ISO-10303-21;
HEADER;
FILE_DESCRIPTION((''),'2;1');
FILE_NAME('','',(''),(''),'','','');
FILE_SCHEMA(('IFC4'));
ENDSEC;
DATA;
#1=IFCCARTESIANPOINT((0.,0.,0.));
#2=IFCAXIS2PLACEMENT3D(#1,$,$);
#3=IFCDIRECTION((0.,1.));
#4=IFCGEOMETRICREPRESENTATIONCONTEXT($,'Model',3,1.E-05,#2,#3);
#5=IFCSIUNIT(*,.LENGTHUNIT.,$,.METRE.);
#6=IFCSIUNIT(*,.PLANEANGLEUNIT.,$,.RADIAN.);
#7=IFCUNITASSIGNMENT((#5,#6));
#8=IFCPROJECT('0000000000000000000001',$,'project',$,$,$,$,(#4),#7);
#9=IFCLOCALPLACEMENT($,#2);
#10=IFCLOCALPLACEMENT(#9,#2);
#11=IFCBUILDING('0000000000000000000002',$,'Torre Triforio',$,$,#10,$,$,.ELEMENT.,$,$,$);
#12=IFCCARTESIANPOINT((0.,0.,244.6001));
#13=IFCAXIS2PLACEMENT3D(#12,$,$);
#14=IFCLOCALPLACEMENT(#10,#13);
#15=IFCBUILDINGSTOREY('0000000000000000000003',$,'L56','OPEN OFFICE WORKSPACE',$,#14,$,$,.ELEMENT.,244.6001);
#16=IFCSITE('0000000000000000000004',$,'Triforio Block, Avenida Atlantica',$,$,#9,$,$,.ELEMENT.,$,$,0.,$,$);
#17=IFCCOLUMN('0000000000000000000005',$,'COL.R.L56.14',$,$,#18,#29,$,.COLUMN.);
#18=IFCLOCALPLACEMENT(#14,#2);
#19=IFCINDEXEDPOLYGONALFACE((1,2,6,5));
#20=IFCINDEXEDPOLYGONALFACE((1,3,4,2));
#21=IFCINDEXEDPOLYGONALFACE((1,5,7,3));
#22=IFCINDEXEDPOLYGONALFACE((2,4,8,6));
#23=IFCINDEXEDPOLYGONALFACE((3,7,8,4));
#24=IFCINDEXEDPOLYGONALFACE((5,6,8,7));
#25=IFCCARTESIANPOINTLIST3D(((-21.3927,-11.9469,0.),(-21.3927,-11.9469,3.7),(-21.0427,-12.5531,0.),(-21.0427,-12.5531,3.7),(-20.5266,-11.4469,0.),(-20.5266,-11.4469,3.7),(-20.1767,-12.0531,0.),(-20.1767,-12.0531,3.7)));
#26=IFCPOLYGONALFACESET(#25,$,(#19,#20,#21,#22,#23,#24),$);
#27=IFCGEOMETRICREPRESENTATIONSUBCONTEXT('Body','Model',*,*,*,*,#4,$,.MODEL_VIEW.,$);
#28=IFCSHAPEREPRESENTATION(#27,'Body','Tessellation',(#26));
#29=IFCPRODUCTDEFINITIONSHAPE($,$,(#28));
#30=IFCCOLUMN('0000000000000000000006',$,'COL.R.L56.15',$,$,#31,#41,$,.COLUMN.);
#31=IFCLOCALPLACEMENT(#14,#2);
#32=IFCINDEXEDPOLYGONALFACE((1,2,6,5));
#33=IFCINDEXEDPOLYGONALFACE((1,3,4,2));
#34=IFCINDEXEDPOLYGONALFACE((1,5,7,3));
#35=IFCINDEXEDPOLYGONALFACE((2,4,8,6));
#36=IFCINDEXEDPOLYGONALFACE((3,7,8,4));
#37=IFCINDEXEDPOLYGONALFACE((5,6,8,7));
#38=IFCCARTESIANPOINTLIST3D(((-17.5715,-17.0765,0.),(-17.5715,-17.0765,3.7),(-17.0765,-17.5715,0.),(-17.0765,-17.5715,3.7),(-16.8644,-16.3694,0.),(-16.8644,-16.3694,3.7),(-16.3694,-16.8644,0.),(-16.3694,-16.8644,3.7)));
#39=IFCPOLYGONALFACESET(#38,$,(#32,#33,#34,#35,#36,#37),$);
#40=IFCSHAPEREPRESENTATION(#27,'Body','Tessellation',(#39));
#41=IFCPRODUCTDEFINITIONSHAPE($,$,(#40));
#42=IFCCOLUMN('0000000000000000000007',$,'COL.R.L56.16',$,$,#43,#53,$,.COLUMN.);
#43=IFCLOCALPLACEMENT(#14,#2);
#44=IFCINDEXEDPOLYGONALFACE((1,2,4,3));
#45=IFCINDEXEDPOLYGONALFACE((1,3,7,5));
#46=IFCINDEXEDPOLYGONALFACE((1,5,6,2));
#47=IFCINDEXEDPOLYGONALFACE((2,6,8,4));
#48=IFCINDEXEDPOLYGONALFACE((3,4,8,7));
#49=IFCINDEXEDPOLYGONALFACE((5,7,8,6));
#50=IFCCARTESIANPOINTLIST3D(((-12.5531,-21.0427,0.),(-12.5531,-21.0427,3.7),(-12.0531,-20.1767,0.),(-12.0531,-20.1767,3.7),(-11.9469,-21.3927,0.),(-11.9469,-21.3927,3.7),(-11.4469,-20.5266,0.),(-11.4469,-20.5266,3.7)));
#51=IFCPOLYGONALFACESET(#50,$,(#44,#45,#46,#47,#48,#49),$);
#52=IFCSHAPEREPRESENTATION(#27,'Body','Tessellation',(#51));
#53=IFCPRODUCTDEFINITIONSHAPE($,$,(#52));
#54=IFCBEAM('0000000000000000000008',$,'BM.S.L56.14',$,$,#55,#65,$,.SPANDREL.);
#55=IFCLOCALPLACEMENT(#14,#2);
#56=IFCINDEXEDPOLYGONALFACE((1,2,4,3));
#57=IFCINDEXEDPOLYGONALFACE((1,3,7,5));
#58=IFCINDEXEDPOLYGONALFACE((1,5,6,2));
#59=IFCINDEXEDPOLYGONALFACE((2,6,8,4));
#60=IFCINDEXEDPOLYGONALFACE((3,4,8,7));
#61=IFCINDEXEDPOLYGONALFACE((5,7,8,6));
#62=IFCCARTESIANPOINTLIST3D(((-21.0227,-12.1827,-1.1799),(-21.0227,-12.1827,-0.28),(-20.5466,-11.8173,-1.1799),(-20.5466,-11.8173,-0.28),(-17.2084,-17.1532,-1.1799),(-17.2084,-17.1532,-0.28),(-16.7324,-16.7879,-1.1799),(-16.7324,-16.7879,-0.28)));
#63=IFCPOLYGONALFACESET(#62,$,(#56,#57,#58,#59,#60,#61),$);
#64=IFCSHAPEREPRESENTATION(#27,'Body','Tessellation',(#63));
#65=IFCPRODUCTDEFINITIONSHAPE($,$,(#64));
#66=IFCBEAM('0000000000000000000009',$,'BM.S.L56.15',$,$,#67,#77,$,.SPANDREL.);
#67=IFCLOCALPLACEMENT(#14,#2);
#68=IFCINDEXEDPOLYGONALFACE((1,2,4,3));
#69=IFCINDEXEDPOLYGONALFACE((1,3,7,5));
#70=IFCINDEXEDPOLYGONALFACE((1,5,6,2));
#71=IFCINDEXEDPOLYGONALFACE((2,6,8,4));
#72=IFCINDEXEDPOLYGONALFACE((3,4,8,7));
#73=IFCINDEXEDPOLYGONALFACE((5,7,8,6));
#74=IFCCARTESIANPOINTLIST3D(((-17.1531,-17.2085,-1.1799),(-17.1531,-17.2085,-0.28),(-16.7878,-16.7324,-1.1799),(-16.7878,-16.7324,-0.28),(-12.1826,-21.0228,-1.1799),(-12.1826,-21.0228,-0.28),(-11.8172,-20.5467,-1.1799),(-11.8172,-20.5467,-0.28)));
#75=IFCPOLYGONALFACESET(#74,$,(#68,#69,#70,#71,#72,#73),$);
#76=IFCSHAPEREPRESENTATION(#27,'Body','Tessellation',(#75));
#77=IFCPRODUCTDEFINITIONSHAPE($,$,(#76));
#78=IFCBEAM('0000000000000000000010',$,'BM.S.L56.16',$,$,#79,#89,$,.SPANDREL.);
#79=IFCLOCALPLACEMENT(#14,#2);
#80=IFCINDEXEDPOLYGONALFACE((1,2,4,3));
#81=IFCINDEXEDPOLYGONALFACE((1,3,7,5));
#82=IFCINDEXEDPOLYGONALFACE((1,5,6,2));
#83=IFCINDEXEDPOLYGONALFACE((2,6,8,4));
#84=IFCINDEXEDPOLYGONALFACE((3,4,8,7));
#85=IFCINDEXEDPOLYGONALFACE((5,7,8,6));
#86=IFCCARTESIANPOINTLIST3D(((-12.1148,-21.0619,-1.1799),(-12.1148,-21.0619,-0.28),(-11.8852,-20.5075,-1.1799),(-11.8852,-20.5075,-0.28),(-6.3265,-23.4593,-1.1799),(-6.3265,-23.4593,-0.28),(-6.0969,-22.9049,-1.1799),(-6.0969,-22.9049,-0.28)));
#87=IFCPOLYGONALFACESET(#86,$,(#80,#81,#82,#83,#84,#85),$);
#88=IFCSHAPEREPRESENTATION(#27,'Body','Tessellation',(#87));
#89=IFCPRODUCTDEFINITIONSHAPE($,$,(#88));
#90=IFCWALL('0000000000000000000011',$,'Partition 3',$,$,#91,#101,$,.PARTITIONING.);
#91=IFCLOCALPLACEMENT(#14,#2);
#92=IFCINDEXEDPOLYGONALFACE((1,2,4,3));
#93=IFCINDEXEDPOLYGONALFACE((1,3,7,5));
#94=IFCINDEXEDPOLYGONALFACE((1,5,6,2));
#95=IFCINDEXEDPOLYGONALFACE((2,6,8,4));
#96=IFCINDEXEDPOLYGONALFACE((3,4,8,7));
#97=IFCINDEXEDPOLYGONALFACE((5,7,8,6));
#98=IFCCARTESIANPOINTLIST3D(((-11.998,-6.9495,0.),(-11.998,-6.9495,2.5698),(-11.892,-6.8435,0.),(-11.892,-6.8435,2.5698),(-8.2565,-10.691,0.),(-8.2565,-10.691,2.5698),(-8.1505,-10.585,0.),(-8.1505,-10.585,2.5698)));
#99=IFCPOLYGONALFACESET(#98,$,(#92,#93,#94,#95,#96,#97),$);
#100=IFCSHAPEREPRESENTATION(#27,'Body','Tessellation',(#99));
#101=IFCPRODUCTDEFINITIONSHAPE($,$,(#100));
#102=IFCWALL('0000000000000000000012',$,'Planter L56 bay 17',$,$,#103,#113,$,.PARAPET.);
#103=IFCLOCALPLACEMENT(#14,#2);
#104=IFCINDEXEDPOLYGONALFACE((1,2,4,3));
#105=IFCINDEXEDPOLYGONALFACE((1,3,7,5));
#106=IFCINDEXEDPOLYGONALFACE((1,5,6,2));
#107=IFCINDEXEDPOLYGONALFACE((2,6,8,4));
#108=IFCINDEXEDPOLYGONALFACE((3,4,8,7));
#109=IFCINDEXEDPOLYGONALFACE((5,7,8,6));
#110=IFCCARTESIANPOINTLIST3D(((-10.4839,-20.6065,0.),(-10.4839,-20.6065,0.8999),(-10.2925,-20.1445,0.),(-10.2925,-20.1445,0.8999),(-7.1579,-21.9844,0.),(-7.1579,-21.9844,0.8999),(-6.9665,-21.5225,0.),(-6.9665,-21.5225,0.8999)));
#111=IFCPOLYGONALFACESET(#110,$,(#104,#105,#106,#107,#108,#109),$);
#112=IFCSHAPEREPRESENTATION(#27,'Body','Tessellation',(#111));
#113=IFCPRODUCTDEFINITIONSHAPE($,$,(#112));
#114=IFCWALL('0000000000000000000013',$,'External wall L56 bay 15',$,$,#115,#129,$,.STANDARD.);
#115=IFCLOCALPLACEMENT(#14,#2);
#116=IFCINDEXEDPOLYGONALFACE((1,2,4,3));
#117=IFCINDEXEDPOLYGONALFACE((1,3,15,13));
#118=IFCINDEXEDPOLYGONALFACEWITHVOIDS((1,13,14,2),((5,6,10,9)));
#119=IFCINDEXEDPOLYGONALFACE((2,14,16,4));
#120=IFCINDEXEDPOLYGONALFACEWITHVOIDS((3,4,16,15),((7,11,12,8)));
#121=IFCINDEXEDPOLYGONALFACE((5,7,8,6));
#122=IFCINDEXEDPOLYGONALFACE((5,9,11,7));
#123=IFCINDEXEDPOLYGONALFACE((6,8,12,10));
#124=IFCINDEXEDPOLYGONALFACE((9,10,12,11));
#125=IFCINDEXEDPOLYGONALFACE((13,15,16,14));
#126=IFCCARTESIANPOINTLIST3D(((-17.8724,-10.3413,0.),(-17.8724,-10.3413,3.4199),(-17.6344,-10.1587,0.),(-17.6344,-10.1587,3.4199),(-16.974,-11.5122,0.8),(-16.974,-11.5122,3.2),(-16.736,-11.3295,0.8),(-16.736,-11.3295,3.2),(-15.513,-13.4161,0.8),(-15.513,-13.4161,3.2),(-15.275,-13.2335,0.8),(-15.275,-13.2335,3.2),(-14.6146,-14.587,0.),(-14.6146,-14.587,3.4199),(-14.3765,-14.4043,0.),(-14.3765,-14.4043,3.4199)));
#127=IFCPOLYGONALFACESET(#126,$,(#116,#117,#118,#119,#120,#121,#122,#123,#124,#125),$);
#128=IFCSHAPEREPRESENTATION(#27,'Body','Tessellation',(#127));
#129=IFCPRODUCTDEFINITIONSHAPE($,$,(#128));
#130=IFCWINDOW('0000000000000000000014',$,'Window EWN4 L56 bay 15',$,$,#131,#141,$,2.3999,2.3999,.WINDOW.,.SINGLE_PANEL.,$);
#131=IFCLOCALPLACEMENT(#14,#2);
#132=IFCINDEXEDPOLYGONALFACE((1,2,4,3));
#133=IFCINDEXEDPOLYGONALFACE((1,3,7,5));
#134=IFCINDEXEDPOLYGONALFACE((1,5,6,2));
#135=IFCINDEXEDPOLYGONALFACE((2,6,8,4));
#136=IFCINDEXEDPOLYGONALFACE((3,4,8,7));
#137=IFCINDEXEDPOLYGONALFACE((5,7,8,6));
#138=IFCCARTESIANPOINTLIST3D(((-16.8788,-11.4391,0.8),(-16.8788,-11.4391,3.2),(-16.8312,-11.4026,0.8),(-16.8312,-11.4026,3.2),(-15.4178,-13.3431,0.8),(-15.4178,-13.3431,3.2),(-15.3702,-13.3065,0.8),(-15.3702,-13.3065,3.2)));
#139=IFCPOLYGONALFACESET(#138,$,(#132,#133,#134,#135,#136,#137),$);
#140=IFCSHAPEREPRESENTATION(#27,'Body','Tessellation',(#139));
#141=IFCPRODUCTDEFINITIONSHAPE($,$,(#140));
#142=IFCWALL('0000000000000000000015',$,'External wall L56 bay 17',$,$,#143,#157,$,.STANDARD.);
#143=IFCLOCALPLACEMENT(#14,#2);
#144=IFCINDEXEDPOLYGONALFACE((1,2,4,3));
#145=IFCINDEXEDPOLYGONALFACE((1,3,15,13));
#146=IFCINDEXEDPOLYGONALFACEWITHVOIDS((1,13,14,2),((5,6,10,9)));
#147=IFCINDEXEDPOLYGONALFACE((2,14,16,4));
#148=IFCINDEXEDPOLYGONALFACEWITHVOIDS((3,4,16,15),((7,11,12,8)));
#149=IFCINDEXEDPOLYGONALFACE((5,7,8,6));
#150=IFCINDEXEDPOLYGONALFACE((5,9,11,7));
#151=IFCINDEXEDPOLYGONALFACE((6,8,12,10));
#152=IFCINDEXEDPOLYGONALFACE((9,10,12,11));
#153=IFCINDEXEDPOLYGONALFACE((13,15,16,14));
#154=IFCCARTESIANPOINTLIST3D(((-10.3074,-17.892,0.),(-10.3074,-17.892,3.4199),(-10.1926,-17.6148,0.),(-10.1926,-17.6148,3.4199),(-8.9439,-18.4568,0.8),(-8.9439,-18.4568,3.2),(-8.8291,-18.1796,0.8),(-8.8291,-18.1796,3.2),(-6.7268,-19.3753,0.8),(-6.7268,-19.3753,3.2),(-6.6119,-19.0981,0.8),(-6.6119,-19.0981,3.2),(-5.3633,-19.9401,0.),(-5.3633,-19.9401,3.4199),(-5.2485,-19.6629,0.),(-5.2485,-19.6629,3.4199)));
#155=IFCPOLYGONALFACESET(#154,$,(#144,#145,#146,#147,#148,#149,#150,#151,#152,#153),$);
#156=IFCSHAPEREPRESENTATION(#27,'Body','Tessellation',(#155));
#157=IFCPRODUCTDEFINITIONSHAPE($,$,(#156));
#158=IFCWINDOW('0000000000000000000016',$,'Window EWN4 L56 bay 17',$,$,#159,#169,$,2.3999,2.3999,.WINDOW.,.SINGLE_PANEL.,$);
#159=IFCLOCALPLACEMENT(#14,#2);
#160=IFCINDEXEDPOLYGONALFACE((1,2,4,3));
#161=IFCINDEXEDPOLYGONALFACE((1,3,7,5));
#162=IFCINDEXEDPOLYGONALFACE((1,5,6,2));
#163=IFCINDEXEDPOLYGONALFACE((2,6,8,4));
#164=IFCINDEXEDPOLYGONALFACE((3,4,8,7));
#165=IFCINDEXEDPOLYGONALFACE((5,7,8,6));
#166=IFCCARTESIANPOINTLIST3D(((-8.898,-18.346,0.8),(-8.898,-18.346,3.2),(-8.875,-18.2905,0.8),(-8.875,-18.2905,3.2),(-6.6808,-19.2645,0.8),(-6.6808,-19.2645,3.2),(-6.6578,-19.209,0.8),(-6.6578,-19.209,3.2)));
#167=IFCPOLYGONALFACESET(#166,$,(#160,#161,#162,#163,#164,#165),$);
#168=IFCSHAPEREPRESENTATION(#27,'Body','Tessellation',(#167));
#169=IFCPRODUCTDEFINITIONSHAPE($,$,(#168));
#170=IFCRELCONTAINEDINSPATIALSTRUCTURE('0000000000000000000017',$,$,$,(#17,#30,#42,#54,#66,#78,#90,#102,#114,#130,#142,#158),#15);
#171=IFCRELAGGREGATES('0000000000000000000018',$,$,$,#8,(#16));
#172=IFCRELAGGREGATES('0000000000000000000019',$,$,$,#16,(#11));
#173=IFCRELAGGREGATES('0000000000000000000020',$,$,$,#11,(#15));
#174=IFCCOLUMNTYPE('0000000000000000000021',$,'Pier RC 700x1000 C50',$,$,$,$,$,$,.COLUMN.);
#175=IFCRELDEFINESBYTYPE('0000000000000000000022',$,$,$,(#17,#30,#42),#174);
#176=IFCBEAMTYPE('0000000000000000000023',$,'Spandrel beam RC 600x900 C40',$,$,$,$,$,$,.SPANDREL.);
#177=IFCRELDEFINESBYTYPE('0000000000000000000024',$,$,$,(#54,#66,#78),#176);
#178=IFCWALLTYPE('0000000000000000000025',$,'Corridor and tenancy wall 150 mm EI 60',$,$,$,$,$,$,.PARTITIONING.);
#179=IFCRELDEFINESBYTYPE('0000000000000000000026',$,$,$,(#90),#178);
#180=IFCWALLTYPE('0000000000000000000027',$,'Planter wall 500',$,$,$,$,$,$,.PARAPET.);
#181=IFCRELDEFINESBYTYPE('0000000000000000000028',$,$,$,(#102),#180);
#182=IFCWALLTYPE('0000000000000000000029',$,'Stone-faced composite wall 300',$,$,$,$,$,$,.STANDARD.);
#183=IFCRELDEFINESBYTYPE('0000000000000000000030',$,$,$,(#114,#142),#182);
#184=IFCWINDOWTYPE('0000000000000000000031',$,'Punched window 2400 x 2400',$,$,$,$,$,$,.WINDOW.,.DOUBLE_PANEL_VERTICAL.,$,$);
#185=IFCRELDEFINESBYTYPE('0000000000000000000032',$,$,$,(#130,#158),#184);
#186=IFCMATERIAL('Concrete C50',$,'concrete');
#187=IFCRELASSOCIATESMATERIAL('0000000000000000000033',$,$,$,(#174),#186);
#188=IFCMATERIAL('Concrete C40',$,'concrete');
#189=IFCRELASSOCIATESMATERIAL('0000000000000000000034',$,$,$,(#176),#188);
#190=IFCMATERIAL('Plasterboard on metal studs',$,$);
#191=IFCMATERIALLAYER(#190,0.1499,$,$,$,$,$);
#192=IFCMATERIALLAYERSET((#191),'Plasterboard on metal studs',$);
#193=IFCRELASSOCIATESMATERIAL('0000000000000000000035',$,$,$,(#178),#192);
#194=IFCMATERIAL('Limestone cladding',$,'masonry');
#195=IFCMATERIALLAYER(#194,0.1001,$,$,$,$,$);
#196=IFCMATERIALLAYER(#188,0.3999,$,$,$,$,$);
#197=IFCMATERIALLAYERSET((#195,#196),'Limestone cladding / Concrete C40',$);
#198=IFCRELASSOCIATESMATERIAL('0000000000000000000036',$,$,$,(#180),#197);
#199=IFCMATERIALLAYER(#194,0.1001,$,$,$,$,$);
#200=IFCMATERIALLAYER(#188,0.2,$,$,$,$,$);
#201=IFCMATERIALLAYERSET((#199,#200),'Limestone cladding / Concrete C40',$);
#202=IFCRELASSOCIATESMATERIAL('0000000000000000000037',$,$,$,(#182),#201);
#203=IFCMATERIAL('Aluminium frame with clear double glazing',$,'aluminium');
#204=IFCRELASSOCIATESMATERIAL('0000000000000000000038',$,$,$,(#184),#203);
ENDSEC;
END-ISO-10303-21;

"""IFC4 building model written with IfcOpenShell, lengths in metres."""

from ifc_helpers import new_model, si_unit, direction, frame, frame_2d, origin, origin_2d, place, context, subcontext, project, spatial, rectangle, extrude, material, layer, layer_set, material_profile, profile_set, type_object, element, fill, save


model = new_model("IFC4")

# Units and contexts
model_context = context("Model", 3, precision=1e-05, world=origin(), true_north=direction((0.0, 1.0)))
body_context = subcontext(model_context, "Body", "Model", "MODEL_VIEW")
ifc_project = project(units=[si_unit("LENGTHUNIT", "METRE"), si_unit("PLANEANGLEUNIT", "RADIAN")], contexts=[model_context])

# Site, building, storey
site_placement = place(None, origin())
site = spatial("IfcSite", under=ifc_project, at=site_placement, Name="Triforio Block, Avenida Atlantica", CompositionType="ELEMENT", RefElevation=0.0)
building_placement = place(site_placement, origin())
building = spatial("IfcBuilding", under=site, at=building_placement, Name="Torre Triforio", CompositionType="ELEMENT")
storey_placement = place(building_placement, frame((0.0, 0.0, 244.6001)))
storey = spatial("IfcBuildingStorey", under=building, at=storey_placement, Name="L56", Description="OPEN OFFICE WORKSPACE", CompositionType="ELEMENT", Elevation=244.6001)

# Columns
ifc_material_1 = material(Name="Concrete C50", Category="concrete")
ifc_material_profile_1 = material_profile(ifc_material_1, rectangle(XDim=0.7, YDim=1.0, at=origin_2d()), Name="RC 700x1000")
ifc_profile_set_1 = profile_set([ifc_material_profile_1], Name="Concrete C50")
column_type = type_object("IfcColumnType", Name="Pier RC 700x1000 C50", PredefinedType="COLUMN", material=ifc_profile_set_1)
for number, where, z_axis, x_axis, name in (
    (1, (-20.7847, -12.0, 0.0), (0.0, 0.0, 1.0), (0.5, -0.866025, 0.0), "COL.R.L56.14"),
    (2, (-16.9705, -16.9705, 0.0), (0.0, 0.0, 1.0), (0.707107, -0.707107, 0.0), "COL.R.L56.15"),
    (3, (-12.0, -20.7847, 0.0), (0.0, 0.0, 1.0), (0.866025, -0.5, 0.0), "COL.R.L56.16"),
):
    element("IfcColumn", number, at=place(storey_placement, frame(where, z_axis=z_axis, x_axis=x_axis)), inside=storey, type_object=column_type, Name=name, PredefinedType="COLUMN", context=body_context, shape_type="SweptSolid", body=[
        extrude(rectangle(XDim=0.7, YDim=1.0, at=origin_2d()), origin(), (0.0, 0.0, 1.0), 3.7),
    ])

# Beams
ifc_material_2 = material(Name="Concrete C40", Category="concrete")
ifc_material_profile_2 = material_profile(ifc_material_2, rectangle(XDim=0.6001, YDim=0.8999, at=origin_2d()), Name="RC 600x900")
ifc_profile_set_2 = profile_set([ifc_material_profile_2], Name="Concrete C40")
beam_type = type_object("IfcBeamType", Name="Spandrel beam RC 600x900 C40", PredefinedType="SPANDREL", material=ifc_profile_set_2)
for number, where, z_axis, x_axis, name in (
    (4, (-20.7847, -12.0, -0.73), (0.608786, -0.793335, 0.0), (0.793335, 0.608786, 0.0), "BM.S.L56.14"),
    (5, (-16.9705, -16.9705, -0.73), (0.793335, -0.608786, 0.0), (0.608786, 0.793335, 0.0), "BM.S.L56.15"),
):
    element("IfcBeam", number, at=place(storey_placement, frame(where, z_axis=z_axis, x_axis=x_axis)), inside=storey, type_object=beam_type, Name=name, PredefinedType="SPANDREL", context=body_context, shape_type="SweptSolid", body=[
        extrude(rectangle(XDim=0.6001, YDim=0.8999, at=origin_2d()), origin(), (0.0, 0.0, 1.0), 6.2654),
    ])
beam_placement = place(storey_placement, frame((-12.0, -20.7847, -0.73), z_axis=(0.923888, -0.382664, 0.0), x_axis=(0.382664, 0.923888, 0.0)))
element("IfcBeam", 6, at=beam_placement, inside=storey, type_object=beam_type, Name="BM.S.L56.16", PredefinedType="SPANDREL", context=body_context, shape_type="SweptSolid", body=[
    extrude(rectangle(XDim=0.6001, YDim=0.8999, at=origin_2d()), origin(), (0.0, 0.0, 1.0), 6.2651),
])

# Walls
ifc_material_3 = material(Name="Plasterboard on metal studs")
ifc_layer_1 = layer(ifc_material_3, 0.1499)
ifc_layer_set_1 = layer_set([ifc_layer_1], Name="Plasterboard on metal studs")
wall_type_1 = type_object("IfcWallType", Name="Corridor and tenancy wall 150 mm EI 60", PredefinedType="PARTITIONING", material=ifc_layer_set_1)
wall_1_placement = place(storey_placement, frame((-8.2036, -10.6379, 0.0), z_axis=(0.0, 0.0, 1.0), x_axis=(-0.707107, 0.707107, 0.0)))
element("IfcWall", 7, at=wall_1_placement, inside=storey, type_object=wall_type_1, Name="Partition 3", PredefinedType="PARTITIONING", context=body_context, shape_type="SweptSolid", body=[
    extrude(rectangle(XDim=5.2913, YDim=0.1499, at=frame_2d((2.6455, 0.0))), origin(), (0.0, 0.0, 1.0), 2.5698),
])
ifc_material_4 = material(Name="Limestone cladding", Category="masonry")
ifc_layer_2 = layer(ifc_material_4, 0.1001)
ifc_layer_3 = layer(ifc_material_2, 0.3999)
ifc_layer_set_2 = layer_set([ifc_layer_2, ifc_layer_3], Name="Limestone cladding / Concrete C40")
wall_type_2 = type_object("IfcWallType", Name="Planter wall 500", PredefinedType="PARAPET", material=ifc_layer_set_2)
wall_2_placement = place(storey_placement, frame((-10.3882, -20.3755, 0.0), z_axis=(0.0, 0.0, 1.0), x_axis=(0.923852, -0.382751, 0.0)))
element("IfcWall", 8, at=wall_2_placement, inside=storey, type_object=wall_type_2, Name="Planter L56 bay 17", PredefinedType="PARAPET", context=body_context, shape_type="SweptSolid", body=[
    extrude(rectangle(XDim=3.6001, YDim=0.5, at=frame_2d((1.8, 0.0))), origin(), (0.0, 0.0, 1.0), 0.8999),
])

# Wall, opening, window
ifc_layer_4 = layer(ifc_material_4, 0.1001)
ifc_layer_5 = layer(ifc_material_2, 0.2)
ifc_layer_set_3 = layer_set([ifc_layer_4, ifc_layer_5], Name="Limestone cladding / Concrete C40")
wall_type_3 = type_object("IfcWallType", Name="Stone-faced composite wall 300", PredefinedType="STANDARD", material=ifc_layer_set_3)
wall_3_placement = place(storey_placement, frame((-17.7534, -10.25, 0.0), z_axis=(0.0, 0.0, 1.0), x_axis=(0.608767, -0.793349, 0.0)))
wall_3 = element("IfcWall", 9, at=wall_3_placement, inside=storey, type_object=wall_type_3, Name="External wall L56 bay 15", PredefinedType="STANDARD", context=body_context, shape_type="SweptSolid", body=[
    extrude(rectangle(XDim=5.3516, YDim=0.3, at=frame_2d((2.6758, 0.0))), origin(), (0.0, 0.0, 1.0), 3.4199),
])
opening_1_placement = place(wall_3_placement, frame((1.4758, 0.0, 0.8)))
opening_1 = element("IfcOpeningElement", 10, at=opening_1_placement, cuts=wall_3, PredefinedType="OPENING", context=body_context, shape_type="SweptSolid", body=[
    extrude(rectangle(XDim=2.3999, YDim=2.3999, at=frame_2d((1.2, 1.2))), frame((0.0, 0.1599, 0.0), z_axis=(0.0, -1.0, 0.0), x_axis=(1.0, 0.0, 0.0)), (0.0, 0.0, 1.0), 0.3201),
])
ifc_material_5 = material(Name="Aluminium frame with clear double glazing", Category="aluminium")
window_type_1 = type_object("IfcWindowType", Name="Punched window 2400 x 2400", PartitioningType="DOUBLE_PANEL_VERTICAL", PredefinedType="WINDOW", material=ifc_material_5)
window_1_placement = place(opening_1_placement, origin())
window_1 = element("IfcWindow", 11, at=window_1_placement, inside=storey, type_object=window_type_1, Name="Window EWN4 L56 bay 15", OverallHeight=2.3999, OverallWidth=2.3999, PartitioningType="SINGLE_PANEL", PredefinedType="WINDOW", context=body_context, shape_type="SweptSolid", body=[
    extrude(rectangle(XDim=2.3999, YDim=2.3999, at=frame_2d((1.2, 1.2))), frame((0.0, 0.03, 0.0), z_axis=(0.0, -1.0, 0.0), x_axis=(1.0, 0.0, 0.0)), (0.0, 0.0, 1.0), 0.0601),
])
fill(opening_1, window_1)

# Wall, opening, window
wall_4_placement = place(storey_placement, frame((-10.25, -17.7534, 0.0), z_axis=(0.0, 0.0, 1.0), x_axis=(0.923867, -0.382713, 0.0)))
wall_4 = element("IfcWall", 12, at=wall_4_placement, inside=storey, type_object=wall_type_3, Name="External wall L56 bay 17", PredefinedType="STANDARD", context=body_context, shape_type="SweptSolid", body=[
    extrude(rectangle(XDim=5.3516, YDim=0.3, at=frame_2d((2.6758, 0.0))), origin(), (0.0, 0.0, 1.0), 3.4199),
])
opening_2_placement = place(wall_4_placement, frame((1.4758, 0.0, 0.8)))
opening_2 = element("IfcOpeningElement", 13, at=opening_2_placement, cuts=wall_4, PredefinedType="OPENING", context=body_context, shape_type="SweptSolid", body=[
    extrude(rectangle(XDim=2.3999, YDim=2.3999, at=frame_2d((1.2, 1.2))), frame((0.0, 0.1599, 0.0), z_axis=(0.0, -1.0, 0.0), x_axis=(1.0, 0.0, 0.0)), (0.0, 0.0, 1.0), 0.3201),
])
window_2_placement = place(opening_2_placement, origin())
window_2 = element("IfcWindow", 14, at=window_2_placement, inside=storey, type_object=window_type_1, Name="Window EWN4 L56 bay 17", OverallHeight=2.3999, OverallWidth=2.3999, PartitioningType="SINGLE_PANEL", PredefinedType="WINDOW", context=body_context, shape_type="SweptSolid", body=[
    extrude(rectangle(XDim=2.3999, YDim=2.3999, at=frame_2d((1.2, 1.2))), frame((0.0, 0.03, 0.0), z_axis=(0.0, -1.0, 0.0), x_axis=(1.0, 0.0, 0.0)), (0.0, 0.0, 1.0), 0.0601),
])
fill(opening_2, window_2)

save(model, "model.ifc")
